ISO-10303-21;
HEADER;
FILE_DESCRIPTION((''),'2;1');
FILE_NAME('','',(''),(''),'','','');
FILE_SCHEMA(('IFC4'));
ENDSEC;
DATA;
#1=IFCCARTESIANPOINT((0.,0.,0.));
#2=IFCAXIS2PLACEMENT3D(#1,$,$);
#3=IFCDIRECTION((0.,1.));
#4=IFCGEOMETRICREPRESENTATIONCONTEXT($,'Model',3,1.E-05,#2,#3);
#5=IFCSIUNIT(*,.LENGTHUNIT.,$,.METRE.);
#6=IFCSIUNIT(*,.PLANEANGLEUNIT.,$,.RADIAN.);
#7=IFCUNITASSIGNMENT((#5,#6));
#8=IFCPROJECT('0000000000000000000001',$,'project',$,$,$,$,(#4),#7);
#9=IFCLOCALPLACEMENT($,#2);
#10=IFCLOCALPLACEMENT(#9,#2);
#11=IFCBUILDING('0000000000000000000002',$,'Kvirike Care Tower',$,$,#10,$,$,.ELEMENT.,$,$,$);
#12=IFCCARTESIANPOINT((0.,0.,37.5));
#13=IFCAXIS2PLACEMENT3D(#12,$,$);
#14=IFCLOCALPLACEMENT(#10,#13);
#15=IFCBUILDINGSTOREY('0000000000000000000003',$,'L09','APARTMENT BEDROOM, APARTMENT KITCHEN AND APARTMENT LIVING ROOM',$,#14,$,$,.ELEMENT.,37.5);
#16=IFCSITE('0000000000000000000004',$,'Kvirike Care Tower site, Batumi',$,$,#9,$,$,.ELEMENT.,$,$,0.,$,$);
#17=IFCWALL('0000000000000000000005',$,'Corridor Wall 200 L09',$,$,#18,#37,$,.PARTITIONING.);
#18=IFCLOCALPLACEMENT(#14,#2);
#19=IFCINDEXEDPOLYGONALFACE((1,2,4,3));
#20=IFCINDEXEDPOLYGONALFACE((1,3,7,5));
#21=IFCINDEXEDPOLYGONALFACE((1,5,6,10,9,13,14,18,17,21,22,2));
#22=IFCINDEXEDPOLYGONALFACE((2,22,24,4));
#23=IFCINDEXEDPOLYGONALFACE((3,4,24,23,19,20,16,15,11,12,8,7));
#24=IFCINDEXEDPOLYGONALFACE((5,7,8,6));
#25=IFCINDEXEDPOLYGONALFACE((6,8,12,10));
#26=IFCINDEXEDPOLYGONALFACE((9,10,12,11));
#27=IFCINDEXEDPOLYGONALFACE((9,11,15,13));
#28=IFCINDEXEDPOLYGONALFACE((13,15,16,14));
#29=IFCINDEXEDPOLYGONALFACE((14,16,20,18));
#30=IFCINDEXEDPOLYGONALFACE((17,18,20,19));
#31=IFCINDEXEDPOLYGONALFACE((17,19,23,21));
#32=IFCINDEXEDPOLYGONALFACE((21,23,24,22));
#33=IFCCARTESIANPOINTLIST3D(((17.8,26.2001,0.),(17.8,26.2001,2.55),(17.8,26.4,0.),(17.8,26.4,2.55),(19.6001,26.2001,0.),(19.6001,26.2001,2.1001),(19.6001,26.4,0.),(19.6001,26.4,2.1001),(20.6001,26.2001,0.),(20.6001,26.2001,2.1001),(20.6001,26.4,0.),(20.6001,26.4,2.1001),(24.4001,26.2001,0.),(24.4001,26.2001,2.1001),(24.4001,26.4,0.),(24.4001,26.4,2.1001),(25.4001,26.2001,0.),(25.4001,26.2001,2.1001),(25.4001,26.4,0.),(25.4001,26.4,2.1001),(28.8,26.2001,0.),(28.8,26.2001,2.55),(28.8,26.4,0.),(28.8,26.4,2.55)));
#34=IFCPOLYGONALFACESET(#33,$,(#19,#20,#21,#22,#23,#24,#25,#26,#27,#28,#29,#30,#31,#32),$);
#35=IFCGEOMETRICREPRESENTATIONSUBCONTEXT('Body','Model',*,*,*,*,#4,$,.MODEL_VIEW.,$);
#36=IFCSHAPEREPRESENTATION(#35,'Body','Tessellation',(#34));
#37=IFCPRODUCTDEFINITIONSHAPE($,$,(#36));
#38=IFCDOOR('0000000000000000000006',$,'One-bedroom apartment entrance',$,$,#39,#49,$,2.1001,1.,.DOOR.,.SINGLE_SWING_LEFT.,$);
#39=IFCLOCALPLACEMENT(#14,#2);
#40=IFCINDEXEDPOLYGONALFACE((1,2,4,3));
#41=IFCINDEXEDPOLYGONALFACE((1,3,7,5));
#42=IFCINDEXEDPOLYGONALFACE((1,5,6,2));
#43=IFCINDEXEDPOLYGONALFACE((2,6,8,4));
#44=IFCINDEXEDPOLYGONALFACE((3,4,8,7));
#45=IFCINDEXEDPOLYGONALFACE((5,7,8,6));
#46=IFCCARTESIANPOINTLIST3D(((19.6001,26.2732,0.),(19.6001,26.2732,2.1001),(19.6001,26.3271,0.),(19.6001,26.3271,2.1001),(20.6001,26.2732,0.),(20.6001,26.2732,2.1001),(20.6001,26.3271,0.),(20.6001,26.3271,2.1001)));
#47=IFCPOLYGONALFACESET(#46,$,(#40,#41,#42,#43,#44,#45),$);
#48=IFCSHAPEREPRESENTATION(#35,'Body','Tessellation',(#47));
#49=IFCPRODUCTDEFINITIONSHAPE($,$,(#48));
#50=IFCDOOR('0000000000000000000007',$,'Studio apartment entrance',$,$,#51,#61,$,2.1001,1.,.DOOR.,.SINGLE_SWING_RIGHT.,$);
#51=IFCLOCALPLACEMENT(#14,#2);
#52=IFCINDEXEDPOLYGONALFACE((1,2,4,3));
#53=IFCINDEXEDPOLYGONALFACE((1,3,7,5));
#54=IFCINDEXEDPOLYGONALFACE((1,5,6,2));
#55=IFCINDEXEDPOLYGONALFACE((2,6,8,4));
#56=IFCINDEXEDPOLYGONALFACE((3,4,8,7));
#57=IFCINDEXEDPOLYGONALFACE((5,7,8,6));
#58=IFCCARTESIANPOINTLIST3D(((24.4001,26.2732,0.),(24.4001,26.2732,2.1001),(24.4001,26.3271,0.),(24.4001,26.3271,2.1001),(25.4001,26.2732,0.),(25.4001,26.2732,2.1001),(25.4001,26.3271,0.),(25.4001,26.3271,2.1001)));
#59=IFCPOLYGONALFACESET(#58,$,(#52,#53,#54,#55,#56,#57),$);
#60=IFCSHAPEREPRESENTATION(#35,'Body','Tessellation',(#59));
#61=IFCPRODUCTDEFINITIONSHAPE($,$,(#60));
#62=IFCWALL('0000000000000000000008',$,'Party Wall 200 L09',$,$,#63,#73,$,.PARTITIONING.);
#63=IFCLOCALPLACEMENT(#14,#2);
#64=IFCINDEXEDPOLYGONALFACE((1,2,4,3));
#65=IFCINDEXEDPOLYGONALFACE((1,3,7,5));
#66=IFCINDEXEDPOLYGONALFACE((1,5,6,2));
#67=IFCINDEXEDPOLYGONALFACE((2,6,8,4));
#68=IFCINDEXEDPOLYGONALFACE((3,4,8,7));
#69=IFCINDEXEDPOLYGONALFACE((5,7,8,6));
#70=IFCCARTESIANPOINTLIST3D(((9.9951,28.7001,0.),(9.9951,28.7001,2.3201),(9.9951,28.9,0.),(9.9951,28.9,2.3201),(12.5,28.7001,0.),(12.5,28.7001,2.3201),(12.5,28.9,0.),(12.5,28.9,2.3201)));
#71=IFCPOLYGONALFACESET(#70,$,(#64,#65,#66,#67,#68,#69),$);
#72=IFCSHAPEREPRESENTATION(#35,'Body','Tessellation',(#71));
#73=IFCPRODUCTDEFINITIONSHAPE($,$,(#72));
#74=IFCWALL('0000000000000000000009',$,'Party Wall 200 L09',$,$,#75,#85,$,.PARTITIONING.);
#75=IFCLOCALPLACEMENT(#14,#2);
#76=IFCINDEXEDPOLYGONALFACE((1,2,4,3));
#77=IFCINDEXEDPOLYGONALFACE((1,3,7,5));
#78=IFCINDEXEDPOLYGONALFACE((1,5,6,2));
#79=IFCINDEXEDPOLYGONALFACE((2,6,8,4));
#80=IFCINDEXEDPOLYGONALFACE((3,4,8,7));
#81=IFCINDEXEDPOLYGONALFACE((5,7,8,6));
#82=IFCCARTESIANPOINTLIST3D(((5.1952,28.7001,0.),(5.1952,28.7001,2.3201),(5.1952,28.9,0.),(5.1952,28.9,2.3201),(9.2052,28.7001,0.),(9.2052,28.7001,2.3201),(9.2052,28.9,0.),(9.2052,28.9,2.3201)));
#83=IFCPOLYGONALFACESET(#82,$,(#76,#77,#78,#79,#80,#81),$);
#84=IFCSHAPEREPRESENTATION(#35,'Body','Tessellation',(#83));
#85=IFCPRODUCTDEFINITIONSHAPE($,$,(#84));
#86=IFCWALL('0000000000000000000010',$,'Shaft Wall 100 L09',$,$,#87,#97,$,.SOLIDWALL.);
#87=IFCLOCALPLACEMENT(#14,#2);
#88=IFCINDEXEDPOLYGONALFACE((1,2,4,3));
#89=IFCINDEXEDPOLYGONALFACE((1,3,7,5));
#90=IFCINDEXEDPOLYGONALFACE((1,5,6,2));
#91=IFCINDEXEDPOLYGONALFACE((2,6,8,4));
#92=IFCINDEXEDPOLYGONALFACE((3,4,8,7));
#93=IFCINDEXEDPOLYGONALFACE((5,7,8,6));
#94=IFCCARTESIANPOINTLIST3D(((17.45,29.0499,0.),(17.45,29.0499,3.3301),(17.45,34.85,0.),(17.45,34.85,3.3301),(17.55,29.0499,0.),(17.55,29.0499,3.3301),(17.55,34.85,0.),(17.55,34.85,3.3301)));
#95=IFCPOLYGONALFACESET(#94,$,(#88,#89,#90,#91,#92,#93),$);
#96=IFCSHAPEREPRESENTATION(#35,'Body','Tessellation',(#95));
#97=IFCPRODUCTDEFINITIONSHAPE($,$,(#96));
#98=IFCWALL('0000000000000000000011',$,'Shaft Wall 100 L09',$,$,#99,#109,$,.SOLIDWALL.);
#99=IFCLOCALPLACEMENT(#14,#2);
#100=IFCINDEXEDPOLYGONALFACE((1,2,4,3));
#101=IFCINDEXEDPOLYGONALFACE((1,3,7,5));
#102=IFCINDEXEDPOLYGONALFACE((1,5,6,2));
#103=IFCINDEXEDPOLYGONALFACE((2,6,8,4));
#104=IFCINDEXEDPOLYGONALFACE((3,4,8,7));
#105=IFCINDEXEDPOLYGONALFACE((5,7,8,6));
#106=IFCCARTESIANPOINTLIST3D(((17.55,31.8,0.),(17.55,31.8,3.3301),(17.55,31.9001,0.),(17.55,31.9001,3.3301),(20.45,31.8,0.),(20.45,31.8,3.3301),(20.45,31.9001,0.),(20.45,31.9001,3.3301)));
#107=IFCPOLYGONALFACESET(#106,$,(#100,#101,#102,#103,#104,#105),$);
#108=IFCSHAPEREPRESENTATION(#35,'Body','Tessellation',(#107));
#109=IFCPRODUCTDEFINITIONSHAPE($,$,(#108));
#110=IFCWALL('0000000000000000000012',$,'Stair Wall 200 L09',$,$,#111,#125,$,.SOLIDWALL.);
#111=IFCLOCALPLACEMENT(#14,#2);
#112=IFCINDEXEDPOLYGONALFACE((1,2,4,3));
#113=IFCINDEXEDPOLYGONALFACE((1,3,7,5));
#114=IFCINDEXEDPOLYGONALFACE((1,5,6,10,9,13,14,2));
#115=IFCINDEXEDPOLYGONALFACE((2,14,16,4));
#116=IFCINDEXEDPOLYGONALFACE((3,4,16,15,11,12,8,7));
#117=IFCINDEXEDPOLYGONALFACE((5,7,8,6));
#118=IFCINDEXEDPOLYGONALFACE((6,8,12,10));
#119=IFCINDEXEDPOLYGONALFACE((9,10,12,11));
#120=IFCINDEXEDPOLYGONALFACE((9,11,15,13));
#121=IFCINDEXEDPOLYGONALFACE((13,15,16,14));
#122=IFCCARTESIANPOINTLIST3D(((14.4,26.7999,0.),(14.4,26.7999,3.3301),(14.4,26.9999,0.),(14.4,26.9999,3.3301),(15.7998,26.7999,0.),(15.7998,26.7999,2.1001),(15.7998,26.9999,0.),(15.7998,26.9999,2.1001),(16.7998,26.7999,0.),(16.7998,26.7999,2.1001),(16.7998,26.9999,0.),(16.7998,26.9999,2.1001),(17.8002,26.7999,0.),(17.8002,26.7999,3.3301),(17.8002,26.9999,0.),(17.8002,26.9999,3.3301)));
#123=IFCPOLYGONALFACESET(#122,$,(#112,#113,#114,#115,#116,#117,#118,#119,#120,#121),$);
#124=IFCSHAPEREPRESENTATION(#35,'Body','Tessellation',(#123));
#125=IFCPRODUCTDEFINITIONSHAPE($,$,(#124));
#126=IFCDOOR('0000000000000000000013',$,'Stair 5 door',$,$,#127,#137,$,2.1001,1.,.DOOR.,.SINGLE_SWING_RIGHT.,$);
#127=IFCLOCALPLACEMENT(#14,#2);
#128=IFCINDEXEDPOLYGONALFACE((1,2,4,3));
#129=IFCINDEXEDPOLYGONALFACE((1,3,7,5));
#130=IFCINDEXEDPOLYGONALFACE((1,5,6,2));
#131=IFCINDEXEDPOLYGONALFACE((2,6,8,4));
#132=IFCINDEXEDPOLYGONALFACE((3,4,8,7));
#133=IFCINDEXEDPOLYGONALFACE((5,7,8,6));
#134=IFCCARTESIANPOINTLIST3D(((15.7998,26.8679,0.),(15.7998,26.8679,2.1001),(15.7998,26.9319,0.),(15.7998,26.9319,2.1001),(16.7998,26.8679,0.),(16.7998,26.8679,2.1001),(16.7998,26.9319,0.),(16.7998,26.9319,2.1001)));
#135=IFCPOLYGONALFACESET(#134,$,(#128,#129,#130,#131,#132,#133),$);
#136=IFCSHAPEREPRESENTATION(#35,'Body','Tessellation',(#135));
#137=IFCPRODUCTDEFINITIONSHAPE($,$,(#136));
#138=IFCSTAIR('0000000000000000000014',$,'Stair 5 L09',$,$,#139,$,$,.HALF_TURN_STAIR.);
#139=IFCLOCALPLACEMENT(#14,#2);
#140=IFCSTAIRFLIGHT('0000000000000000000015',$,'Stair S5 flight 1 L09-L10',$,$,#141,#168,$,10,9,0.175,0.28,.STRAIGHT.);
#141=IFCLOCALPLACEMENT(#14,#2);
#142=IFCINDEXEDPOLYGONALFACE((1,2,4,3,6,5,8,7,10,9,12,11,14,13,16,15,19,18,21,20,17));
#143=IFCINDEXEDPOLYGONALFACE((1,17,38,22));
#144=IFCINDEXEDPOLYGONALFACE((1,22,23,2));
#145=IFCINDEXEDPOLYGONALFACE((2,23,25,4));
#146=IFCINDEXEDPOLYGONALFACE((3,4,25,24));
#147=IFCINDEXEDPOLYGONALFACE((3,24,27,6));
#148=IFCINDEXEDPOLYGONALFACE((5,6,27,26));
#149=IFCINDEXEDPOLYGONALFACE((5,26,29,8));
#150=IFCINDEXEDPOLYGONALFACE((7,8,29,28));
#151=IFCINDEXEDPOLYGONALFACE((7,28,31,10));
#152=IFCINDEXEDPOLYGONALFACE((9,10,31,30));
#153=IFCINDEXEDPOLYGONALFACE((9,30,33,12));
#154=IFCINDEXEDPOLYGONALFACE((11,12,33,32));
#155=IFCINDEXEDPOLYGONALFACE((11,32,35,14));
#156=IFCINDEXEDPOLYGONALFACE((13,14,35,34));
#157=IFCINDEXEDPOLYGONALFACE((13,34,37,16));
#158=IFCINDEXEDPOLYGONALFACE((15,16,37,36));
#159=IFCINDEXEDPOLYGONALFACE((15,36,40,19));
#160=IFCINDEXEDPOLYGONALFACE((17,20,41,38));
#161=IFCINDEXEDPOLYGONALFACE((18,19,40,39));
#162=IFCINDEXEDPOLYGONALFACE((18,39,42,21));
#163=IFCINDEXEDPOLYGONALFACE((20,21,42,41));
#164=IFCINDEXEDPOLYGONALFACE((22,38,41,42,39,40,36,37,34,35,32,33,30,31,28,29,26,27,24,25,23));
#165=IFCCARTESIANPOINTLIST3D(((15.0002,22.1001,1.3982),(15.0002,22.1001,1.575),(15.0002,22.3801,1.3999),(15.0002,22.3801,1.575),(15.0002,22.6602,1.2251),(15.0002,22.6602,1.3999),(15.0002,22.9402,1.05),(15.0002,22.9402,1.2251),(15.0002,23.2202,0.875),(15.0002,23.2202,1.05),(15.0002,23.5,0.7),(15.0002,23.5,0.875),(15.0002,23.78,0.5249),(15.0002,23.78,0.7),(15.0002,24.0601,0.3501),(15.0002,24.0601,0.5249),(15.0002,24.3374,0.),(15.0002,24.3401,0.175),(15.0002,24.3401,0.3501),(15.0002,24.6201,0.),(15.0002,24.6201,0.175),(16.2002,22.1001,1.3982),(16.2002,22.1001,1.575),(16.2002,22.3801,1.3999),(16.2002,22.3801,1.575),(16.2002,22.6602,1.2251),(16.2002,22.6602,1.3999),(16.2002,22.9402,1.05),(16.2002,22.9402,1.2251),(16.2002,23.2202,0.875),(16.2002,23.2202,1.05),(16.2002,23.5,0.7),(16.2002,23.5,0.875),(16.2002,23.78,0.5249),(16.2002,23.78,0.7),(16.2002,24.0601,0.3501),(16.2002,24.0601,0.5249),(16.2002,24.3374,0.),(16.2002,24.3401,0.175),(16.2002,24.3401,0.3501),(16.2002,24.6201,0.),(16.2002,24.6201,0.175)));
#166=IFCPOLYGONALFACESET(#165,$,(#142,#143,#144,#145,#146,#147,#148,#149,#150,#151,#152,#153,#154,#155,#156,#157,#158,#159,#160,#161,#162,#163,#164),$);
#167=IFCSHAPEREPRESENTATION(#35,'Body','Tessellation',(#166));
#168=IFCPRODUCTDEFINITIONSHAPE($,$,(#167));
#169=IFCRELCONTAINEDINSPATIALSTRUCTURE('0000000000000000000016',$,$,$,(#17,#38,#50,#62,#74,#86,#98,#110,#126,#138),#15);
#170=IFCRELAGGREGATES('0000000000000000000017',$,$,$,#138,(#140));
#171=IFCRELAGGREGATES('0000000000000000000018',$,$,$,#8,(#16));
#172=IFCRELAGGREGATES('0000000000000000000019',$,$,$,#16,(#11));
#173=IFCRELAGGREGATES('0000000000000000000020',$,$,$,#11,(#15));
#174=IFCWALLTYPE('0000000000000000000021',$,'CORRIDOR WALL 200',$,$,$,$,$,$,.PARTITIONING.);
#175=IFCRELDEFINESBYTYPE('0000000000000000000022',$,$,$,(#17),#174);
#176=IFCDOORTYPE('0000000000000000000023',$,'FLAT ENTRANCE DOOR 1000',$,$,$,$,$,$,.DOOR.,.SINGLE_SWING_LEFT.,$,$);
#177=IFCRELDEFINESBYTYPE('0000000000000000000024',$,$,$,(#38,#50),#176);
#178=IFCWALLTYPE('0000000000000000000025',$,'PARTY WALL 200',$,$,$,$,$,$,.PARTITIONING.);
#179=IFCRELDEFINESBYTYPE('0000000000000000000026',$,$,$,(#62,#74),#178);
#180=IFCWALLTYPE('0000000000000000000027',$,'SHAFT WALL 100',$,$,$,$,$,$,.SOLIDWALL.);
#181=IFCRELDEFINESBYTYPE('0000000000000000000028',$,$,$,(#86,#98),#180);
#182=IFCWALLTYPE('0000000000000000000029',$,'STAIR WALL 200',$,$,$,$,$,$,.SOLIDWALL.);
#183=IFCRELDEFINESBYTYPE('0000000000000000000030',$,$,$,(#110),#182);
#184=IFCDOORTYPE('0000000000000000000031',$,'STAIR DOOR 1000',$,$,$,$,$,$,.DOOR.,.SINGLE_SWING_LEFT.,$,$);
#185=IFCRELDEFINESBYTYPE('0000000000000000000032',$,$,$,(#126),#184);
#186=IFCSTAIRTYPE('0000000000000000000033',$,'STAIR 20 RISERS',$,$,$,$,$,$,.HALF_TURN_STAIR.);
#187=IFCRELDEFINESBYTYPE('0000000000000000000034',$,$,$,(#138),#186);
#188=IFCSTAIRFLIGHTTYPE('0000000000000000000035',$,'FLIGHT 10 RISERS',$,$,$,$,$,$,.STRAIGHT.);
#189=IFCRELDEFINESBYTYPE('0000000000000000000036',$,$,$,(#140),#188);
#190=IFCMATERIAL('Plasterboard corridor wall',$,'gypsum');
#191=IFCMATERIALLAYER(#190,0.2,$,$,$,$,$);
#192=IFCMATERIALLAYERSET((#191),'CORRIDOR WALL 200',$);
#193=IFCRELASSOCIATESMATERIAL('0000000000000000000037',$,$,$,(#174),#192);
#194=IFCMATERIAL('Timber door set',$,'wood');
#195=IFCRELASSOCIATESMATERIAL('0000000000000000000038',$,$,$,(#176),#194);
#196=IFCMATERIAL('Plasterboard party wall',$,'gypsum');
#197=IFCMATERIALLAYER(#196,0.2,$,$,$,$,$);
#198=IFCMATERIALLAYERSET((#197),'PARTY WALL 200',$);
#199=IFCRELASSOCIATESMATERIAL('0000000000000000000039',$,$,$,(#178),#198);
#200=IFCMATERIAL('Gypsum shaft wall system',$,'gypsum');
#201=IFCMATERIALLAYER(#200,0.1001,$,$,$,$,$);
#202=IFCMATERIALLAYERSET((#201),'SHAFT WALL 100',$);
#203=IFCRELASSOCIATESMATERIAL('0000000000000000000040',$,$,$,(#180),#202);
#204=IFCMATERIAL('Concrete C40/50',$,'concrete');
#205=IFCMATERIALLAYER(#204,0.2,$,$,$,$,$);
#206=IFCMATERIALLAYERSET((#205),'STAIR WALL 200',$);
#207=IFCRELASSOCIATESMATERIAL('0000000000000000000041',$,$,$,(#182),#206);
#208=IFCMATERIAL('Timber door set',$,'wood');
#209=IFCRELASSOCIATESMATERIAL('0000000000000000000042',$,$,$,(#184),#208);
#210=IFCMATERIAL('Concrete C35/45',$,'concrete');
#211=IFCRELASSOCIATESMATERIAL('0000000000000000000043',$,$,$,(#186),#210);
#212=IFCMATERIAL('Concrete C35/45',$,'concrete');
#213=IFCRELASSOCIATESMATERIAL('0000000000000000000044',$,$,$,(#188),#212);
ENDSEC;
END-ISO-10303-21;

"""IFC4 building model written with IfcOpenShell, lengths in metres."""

from ifc_helpers import new_model, si_unit, direction, frame, frame_2d, origin, place, context, subcontext, project, spatial, polyline, rectangle, outline, extrude, material, layer, layer_set, type_object, element, fill, aggregate, save


model = new_model("IFC4")

# Units and contexts
model_context = context("Model", 3, precision=1e-05, world=origin(), true_north=direction((0.0, 1.0)))
body_context = subcontext(model_context, "Body", "Model", "MODEL_VIEW")
ifc_project = project(units=[si_unit("LENGTHUNIT", "METRE"), si_unit("PLANEANGLEUNIT", "RADIAN")], contexts=[model_context])

# Site, building, storey
site_placement = place(None, origin())
site = spatial("IfcSite", under=ifc_project, at=site_placement, Name="Kvirike Care Tower site, Batumi", CompositionType="ELEMENT", RefElevation=0.0)
building_placement = place(site_placement, origin())
building = spatial("IfcBuilding", under=site, at=building_placement, Name="Kvirike Care Tower", CompositionType="ELEMENT")
storey_placement = place(building_placement, frame((0.0, 0.0, 37.5)))
storey = spatial("IfcBuildingStorey", under=building, at=storey_placement, Name="L09", Description="APARTMENT BEDROOM, APARTMENT KITCHEN AND APARTMENT LIVING ROOM", CompositionType="ELEMENT", Elevation=37.5)

# Wall, openings, doors
ifc_material_1 = material(Name="Plasterboard corridor wall", Category="gypsum")
ifc_layer_1 = layer(ifc_material_1, 0.2)
ifc_layer_set_1 = layer_set([ifc_layer_1], Name="CORRIDOR WALL 200")
wall_type_1 = type_object("IfcWallType", Name="CORRIDOR WALL 200", PredefinedType="PARTITIONING", material=ifc_layer_set_1)
wall_1_placement = place(storey_placement, frame((17.8, 26.3, 0.0), z_axis=(0.0, 0.0, 1.0), x_axis=(1.0, 0.0, 0.0)))
wall_1 = element("IfcWall", 1, at=wall_1_placement, inside=storey, type_object=wall_type_1, Name="Corridor Wall 200 L09", PredefinedType="PARTITIONING", context=body_context, shape_type="SweptSolid", body=[
    extrude(rectangle(XDim=11.0, YDim=0.2, at=frame_2d((5.5, 0.0))), origin(), (0.0, 0.0, 1.0), 2.55),
])
opening_1_placement = place(wall_1_placement, frame((1.8, 0.0, 0.0)))
opening_1 = element("IfcOpeningElement", 2, at=opening_1_placement, cuts=wall_1, PredefinedType="OPENING", context=body_context, shape_type="SweptSolid", body=[
    extrude(rectangle(XDim=1.0, YDim=2.1001, at=frame_2d((0.5, 1.05))), frame((0.0, 0.1106, 0.0), z_axis=(0.0, -1.0, 0.0), x_axis=(1.0, 0.0, 0.0)), (0.0, 0.0, 1.0), 0.2209),
])
opening_2_placement = place(wall_1_placement, frame((6.6001, 0.0, 0.0)))
opening_2 = element("IfcOpeningElement", 3, at=opening_2_placement, cuts=wall_1, PredefinedType="OPENING", context=body_context, shape_type="SweptSolid", body=[
    extrude(rectangle(XDim=1.0, YDim=2.1001, at=frame_2d((0.5, 1.05))), frame((0.0, 0.1106, 0.0), z_axis=(0.0, -1.0, 0.0), x_axis=(1.0, 0.0, 0.0)), (0.0, 0.0, 1.0), 0.2209),
])
ifc_material_2 = material(Name="Timber door set", Category="wood")
door_type_1 = type_object("IfcDoorType", Name="FLAT ENTRANCE DOOR 1000", OperationType="SINGLE_SWING_LEFT", PredefinedType="DOOR", material=ifc_material_2)
door_1_placement = place(opening_1_placement, frame((1.0, 0.0, 0.0), z_axis=(0.0, 0.0, 1.0), x_axis=(-1.0, 0.0, 0.0)))
door_1 = element("IfcDoor", 4, at=door_1_placement, inside=storey, type_object=door_type_1, Name="One-bedroom apartment entrance", OperationType="SINGLE_SWING_LEFT", OverallHeight=2.1001, OverallWidth=1.0, PredefinedType="DOOR", context=body_context, shape_type="SweptSolid", body=[
    extrude(rectangle(XDim=1.0, YDim=2.1001, at=frame_2d((0.5, 1.05))), frame((0.0, 0.0269, 0.0), z_axis=(0.0, -1.0, 0.0), x_axis=(1.0, 0.0, 0.0)), (0.0, 0.0, 1.0), 0.054),
])
fill(opening_1, door_1)
door_2_placement = place(opening_2_placement, frame((1.0, 0.0, 0.0), z_axis=(0.0, 0.0, 1.0), x_axis=(-1.0, 0.0, 0.0)))
door_2 = element("IfcDoor", 5, at=door_2_placement, inside=storey, type_object=door_type_1, Name="Studio apartment entrance", OperationType="SINGLE_SWING_RIGHT", OverallHeight=2.1001, OverallWidth=1.0, PredefinedType="DOOR", context=body_context, shape_type="SweptSolid", body=[
    extrude(rectangle(XDim=1.0, YDim=2.1001, at=frame_2d((0.5, 1.05))), frame((0.0, 0.0269, 0.0), z_axis=(0.0, -1.0, 0.0), x_axis=(1.0, 0.0, 0.0)), (0.0, 0.0, 1.0), 0.054),
])
fill(opening_2, door_2)

# Walls
ifc_material_3 = material(Name="Plasterboard party wall", Category="gypsum")
ifc_layer_2 = layer(ifc_material_3, 0.2)
ifc_layer_set_2 = layer_set([ifc_layer_2], Name="PARTY WALL 200")
wall_type_2 = type_object("IfcWallType", Name="PARTY WALL 200", PredefinedType="PARTITIONING", material=ifc_layer_set_2)
wall_2_placement = place(storey_placement, frame((12.5, 28.8, 0.0), z_axis=(0.0, 0.0, 1.0), x_axis=(-1.0, 0.0, 0.0)))
element("IfcWall", 6, at=wall_2_placement, inside=storey, type_object=wall_type_2, Name="Party Wall 200 L09", PredefinedType="PARTITIONING", context=body_context, shape_type="SweptSolid", body=[
    extrude(rectangle(XDim=2.5049, YDim=0.2, at=frame_2d((1.2524, 0.0))), origin(), (0.0, 0.0, 1.0), 2.3201),
])
wall_3_placement = place(storey_placement, frame((9.2051, 28.8, 0.0), z_axis=(0.0, 0.0, 1.0), x_axis=(-1.0, 0.0, 0.0)))
element("IfcWall", 7, at=wall_3_placement, inside=storey, type_object=wall_type_2, Name="Party Wall 200 L09", PredefinedType="PARTITIONING", context=body_context, shape_type="SweptSolid", body=[
    extrude(rectangle(XDim=4.01, YDim=0.2, at=frame_2d((2.0049, 0.0))), origin(), (0.0, 0.0, 1.0), 2.3201),
])
ifc_material_4 = material(Name="Gypsum shaft wall system", Category="gypsum")
ifc_layer_3 = layer(ifc_material_4, 0.1001)
ifc_layer_set_3 = layer_set([ifc_layer_3], Name="SHAFT WALL 100")
wall_type_3 = type_object("IfcWallType", Name="SHAFT WALL 100", PredefinedType="SOLIDWALL", material=ifc_layer_set_3)
wall_4_placement = place(storey_placement, frame((17.5, 29.05, 0.0), z_axis=(0.0, 0.0, 1.0), x_axis=(0.0, 1.0, 0.0)))
element("IfcWall", 8, at=wall_4_placement, inside=storey, type_object=wall_type_3, Name="Shaft Wall 100 L09", PredefinedType="SOLIDWALL", context=body_context, shape_type="SweptSolid", body=[
    extrude(rectangle(XDim=5.8, YDim=0.1001, at=frame_2d((2.8999, 0.0))), origin(), (0.0, 0.0, 1.0), 3.3301),
])
wall_5_placement = place(storey_placement, frame((17.55, 31.8501, 0.0), z_axis=(0.0, 0.0, 1.0), x_axis=(1.0, 0.0, 0.0)))
element("IfcWall", 9, at=wall_5_placement, inside=storey, type_object=wall_type_3, Name="Shaft Wall 100 L09", PredefinedType="SOLIDWALL", context=body_context, shape_type="SweptSolid", body=[
    extrude(rectangle(XDim=2.8999, YDim=0.1001, at=frame_2d((1.45, 0.0))), origin(), (0.0, 0.0, 1.0), 3.3301),
])

# Wall, opening, door
ifc_material_5 = material(Name="Concrete C40/50", Category="concrete")
ifc_layer_4 = layer(ifc_material_5, 0.2)
ifc_layer_set_4 = layer_set([ifc_layer_4], Name="STAIR WALL 200")
wall_type_4 = type_object("IfcWallType", Name="STAIR WALL 200", PredefinedType="SOLIDWALL", material=ifc_layer_set_4)
wall_6_placement = place(storey_placement, frame((14.3999, 26.8999, 0.0), z_axis=(0.0, 0.0, 1.0), x_axis=(1.0, 0.0, 0.0)))
wall_6 = element("IfcWall", 10, at=wall_6_placement, inside=storey, type_object=wall_type_4, Name="Stair Wall 200 L09", PredefinedType="SOLIDWALL", context=body_context, shape_type="SweptSolid", body=[
    extrude(rectangle(XDim=3.4001, YDim=0.2, at=frame_2d((1.7002, 0.0))), origin(), (0.0, 0.0, 1.0), 3.3301),
])
opening_3_placement = place(wall_6_placement, frame((1.3999, 0.0, 0.0)))
opening_3 = element("IfcOpeningElement", 11, at=opening_3_placement, cuts=wall_6, PredefinedType="OPENING", context=body_context, shape_type="SweptSolid", body=[
    extrude(rectangle(XDim=1.0, YDim=2.1001, at=frame_2d((0.5, 1.05))), frame((0.0, 0.1106, 0.0), z_axis=(0.0, -1.0, 0.0), x_axis=(1.0, 0.0, 0.0)), (0.0, 0.0, 1.0), 0.2209),
])
ifc_material_6 = material(Name="Timber door set", Category="wood")
door_type_2 = type_object("IfcDoorType", Name="STAIR DOOR 1000", OperationType="SINGLE_SWING_LEFT", PredefinedType="DOOR", material=ifc_material_6)
door_3_placement = place(opening_3_placement, frame((1.0, 0.0, 0.0), z_axis=(0.0, 0.0, 1.0), x_axis=(-1.0, 0.0, 0.0)))
door_3 = element("IfcDoor", 12, at=door_3_placement, inside=storey, type_object=door_type_2, Name="Stair 5 door", OperationType="SINGLE_SWING_RIGHT", OverallHeight=2.1001, OverallWidth=1.0, PredefinedType="DOOR", context=body_context, shape_type="SweptSolid", body=[
    extrude(rectangle(XDim=1.0, YDim=2.1001, at=frame_2d((0.5, 1.05))), frame((0.0, 0.032, 0.0), z_axis=(0.0, -1.0, 0.0), x_axis=(1.0, 0.0, 0.0)), (0.0, 0.0, 1.0), 0.064),
])
fill(opening_3, door_3)

# Stair, stair flight
ifc_material_7 = material(Name="Concrete C35/45", Category="concrete")
stair_type = type_object("IfcStairType", Name="STAIR 20 RISERS", PredefinedType="HALF_TURN_STAIR", material=ifc_material_7)
stair_placement = place(storey_placement, origin())
stair = element("IfcStair", 13, at=stair_placement, inside=storey, type_object=stair_type, Name="Stair 5 L09", PredefinedType="HALF_TURN_STAIR")
ifc_material_8 = material(Name="Concrete C35/45", Category="concrete")
stair_flight_type = type_object("IfcStairFlightType", Name="FLIGHT 10 RISERS", PredefinedType="STRAIGHT", material=ifc_material_8)
stair_flight_placement = place(storey_placement, frame((15.6001, 24.6201, 0.0), z_axis=(0.0, 0.0, 1.0), x_axis=(0.0, -1.0, 0.0)))
stair_flight = element("IfcStairFlight", 14, at=stair_flight_placement, type_object=stair_flight_type, Name="Stair S5 flight 1 L09-L10", NumberOfRisers=10, NumberOfTreads=9, PredefinedType="STRAIGHT", RiserHeight=0.175, TreadLength=0.28, context=body_context, shape_type="SweptSolid", body=[
    extrude(outline(polyline([(0.0, 0.0), (0.0, 0.175), (0.28, 0.175), (0.28, 0.3501), (0.5601, 0.3501), (0.5601, 0.5249), (0.8401, 0.5249), (0.8401, 0.7), (1.1201, 0.7), (1.1201, 0.875), (1.3999, 0.875), (1.3999, 1.05), (1.6799, 1.05), (1.6799, 1.2251), (1.96, 1.2251), (1.96, 1.3999), (2.24, 1.3999), (2.24, 1.575), (2.52, 1.575), (2.52, 1.75), (2.52, 1.3982), (0.2827, 0.0), (0.0, 0.0)])), frame((0.0, 0.6001, 0.0), z_axis=(0.0, -1.0, 0.0), x_axis=(1.0, 0.0, 0.0)), (0.0, 0.0, 1.0), 1.2),
])
aggregate(stair, [stair_flight])

save(model, "model.ifc")
